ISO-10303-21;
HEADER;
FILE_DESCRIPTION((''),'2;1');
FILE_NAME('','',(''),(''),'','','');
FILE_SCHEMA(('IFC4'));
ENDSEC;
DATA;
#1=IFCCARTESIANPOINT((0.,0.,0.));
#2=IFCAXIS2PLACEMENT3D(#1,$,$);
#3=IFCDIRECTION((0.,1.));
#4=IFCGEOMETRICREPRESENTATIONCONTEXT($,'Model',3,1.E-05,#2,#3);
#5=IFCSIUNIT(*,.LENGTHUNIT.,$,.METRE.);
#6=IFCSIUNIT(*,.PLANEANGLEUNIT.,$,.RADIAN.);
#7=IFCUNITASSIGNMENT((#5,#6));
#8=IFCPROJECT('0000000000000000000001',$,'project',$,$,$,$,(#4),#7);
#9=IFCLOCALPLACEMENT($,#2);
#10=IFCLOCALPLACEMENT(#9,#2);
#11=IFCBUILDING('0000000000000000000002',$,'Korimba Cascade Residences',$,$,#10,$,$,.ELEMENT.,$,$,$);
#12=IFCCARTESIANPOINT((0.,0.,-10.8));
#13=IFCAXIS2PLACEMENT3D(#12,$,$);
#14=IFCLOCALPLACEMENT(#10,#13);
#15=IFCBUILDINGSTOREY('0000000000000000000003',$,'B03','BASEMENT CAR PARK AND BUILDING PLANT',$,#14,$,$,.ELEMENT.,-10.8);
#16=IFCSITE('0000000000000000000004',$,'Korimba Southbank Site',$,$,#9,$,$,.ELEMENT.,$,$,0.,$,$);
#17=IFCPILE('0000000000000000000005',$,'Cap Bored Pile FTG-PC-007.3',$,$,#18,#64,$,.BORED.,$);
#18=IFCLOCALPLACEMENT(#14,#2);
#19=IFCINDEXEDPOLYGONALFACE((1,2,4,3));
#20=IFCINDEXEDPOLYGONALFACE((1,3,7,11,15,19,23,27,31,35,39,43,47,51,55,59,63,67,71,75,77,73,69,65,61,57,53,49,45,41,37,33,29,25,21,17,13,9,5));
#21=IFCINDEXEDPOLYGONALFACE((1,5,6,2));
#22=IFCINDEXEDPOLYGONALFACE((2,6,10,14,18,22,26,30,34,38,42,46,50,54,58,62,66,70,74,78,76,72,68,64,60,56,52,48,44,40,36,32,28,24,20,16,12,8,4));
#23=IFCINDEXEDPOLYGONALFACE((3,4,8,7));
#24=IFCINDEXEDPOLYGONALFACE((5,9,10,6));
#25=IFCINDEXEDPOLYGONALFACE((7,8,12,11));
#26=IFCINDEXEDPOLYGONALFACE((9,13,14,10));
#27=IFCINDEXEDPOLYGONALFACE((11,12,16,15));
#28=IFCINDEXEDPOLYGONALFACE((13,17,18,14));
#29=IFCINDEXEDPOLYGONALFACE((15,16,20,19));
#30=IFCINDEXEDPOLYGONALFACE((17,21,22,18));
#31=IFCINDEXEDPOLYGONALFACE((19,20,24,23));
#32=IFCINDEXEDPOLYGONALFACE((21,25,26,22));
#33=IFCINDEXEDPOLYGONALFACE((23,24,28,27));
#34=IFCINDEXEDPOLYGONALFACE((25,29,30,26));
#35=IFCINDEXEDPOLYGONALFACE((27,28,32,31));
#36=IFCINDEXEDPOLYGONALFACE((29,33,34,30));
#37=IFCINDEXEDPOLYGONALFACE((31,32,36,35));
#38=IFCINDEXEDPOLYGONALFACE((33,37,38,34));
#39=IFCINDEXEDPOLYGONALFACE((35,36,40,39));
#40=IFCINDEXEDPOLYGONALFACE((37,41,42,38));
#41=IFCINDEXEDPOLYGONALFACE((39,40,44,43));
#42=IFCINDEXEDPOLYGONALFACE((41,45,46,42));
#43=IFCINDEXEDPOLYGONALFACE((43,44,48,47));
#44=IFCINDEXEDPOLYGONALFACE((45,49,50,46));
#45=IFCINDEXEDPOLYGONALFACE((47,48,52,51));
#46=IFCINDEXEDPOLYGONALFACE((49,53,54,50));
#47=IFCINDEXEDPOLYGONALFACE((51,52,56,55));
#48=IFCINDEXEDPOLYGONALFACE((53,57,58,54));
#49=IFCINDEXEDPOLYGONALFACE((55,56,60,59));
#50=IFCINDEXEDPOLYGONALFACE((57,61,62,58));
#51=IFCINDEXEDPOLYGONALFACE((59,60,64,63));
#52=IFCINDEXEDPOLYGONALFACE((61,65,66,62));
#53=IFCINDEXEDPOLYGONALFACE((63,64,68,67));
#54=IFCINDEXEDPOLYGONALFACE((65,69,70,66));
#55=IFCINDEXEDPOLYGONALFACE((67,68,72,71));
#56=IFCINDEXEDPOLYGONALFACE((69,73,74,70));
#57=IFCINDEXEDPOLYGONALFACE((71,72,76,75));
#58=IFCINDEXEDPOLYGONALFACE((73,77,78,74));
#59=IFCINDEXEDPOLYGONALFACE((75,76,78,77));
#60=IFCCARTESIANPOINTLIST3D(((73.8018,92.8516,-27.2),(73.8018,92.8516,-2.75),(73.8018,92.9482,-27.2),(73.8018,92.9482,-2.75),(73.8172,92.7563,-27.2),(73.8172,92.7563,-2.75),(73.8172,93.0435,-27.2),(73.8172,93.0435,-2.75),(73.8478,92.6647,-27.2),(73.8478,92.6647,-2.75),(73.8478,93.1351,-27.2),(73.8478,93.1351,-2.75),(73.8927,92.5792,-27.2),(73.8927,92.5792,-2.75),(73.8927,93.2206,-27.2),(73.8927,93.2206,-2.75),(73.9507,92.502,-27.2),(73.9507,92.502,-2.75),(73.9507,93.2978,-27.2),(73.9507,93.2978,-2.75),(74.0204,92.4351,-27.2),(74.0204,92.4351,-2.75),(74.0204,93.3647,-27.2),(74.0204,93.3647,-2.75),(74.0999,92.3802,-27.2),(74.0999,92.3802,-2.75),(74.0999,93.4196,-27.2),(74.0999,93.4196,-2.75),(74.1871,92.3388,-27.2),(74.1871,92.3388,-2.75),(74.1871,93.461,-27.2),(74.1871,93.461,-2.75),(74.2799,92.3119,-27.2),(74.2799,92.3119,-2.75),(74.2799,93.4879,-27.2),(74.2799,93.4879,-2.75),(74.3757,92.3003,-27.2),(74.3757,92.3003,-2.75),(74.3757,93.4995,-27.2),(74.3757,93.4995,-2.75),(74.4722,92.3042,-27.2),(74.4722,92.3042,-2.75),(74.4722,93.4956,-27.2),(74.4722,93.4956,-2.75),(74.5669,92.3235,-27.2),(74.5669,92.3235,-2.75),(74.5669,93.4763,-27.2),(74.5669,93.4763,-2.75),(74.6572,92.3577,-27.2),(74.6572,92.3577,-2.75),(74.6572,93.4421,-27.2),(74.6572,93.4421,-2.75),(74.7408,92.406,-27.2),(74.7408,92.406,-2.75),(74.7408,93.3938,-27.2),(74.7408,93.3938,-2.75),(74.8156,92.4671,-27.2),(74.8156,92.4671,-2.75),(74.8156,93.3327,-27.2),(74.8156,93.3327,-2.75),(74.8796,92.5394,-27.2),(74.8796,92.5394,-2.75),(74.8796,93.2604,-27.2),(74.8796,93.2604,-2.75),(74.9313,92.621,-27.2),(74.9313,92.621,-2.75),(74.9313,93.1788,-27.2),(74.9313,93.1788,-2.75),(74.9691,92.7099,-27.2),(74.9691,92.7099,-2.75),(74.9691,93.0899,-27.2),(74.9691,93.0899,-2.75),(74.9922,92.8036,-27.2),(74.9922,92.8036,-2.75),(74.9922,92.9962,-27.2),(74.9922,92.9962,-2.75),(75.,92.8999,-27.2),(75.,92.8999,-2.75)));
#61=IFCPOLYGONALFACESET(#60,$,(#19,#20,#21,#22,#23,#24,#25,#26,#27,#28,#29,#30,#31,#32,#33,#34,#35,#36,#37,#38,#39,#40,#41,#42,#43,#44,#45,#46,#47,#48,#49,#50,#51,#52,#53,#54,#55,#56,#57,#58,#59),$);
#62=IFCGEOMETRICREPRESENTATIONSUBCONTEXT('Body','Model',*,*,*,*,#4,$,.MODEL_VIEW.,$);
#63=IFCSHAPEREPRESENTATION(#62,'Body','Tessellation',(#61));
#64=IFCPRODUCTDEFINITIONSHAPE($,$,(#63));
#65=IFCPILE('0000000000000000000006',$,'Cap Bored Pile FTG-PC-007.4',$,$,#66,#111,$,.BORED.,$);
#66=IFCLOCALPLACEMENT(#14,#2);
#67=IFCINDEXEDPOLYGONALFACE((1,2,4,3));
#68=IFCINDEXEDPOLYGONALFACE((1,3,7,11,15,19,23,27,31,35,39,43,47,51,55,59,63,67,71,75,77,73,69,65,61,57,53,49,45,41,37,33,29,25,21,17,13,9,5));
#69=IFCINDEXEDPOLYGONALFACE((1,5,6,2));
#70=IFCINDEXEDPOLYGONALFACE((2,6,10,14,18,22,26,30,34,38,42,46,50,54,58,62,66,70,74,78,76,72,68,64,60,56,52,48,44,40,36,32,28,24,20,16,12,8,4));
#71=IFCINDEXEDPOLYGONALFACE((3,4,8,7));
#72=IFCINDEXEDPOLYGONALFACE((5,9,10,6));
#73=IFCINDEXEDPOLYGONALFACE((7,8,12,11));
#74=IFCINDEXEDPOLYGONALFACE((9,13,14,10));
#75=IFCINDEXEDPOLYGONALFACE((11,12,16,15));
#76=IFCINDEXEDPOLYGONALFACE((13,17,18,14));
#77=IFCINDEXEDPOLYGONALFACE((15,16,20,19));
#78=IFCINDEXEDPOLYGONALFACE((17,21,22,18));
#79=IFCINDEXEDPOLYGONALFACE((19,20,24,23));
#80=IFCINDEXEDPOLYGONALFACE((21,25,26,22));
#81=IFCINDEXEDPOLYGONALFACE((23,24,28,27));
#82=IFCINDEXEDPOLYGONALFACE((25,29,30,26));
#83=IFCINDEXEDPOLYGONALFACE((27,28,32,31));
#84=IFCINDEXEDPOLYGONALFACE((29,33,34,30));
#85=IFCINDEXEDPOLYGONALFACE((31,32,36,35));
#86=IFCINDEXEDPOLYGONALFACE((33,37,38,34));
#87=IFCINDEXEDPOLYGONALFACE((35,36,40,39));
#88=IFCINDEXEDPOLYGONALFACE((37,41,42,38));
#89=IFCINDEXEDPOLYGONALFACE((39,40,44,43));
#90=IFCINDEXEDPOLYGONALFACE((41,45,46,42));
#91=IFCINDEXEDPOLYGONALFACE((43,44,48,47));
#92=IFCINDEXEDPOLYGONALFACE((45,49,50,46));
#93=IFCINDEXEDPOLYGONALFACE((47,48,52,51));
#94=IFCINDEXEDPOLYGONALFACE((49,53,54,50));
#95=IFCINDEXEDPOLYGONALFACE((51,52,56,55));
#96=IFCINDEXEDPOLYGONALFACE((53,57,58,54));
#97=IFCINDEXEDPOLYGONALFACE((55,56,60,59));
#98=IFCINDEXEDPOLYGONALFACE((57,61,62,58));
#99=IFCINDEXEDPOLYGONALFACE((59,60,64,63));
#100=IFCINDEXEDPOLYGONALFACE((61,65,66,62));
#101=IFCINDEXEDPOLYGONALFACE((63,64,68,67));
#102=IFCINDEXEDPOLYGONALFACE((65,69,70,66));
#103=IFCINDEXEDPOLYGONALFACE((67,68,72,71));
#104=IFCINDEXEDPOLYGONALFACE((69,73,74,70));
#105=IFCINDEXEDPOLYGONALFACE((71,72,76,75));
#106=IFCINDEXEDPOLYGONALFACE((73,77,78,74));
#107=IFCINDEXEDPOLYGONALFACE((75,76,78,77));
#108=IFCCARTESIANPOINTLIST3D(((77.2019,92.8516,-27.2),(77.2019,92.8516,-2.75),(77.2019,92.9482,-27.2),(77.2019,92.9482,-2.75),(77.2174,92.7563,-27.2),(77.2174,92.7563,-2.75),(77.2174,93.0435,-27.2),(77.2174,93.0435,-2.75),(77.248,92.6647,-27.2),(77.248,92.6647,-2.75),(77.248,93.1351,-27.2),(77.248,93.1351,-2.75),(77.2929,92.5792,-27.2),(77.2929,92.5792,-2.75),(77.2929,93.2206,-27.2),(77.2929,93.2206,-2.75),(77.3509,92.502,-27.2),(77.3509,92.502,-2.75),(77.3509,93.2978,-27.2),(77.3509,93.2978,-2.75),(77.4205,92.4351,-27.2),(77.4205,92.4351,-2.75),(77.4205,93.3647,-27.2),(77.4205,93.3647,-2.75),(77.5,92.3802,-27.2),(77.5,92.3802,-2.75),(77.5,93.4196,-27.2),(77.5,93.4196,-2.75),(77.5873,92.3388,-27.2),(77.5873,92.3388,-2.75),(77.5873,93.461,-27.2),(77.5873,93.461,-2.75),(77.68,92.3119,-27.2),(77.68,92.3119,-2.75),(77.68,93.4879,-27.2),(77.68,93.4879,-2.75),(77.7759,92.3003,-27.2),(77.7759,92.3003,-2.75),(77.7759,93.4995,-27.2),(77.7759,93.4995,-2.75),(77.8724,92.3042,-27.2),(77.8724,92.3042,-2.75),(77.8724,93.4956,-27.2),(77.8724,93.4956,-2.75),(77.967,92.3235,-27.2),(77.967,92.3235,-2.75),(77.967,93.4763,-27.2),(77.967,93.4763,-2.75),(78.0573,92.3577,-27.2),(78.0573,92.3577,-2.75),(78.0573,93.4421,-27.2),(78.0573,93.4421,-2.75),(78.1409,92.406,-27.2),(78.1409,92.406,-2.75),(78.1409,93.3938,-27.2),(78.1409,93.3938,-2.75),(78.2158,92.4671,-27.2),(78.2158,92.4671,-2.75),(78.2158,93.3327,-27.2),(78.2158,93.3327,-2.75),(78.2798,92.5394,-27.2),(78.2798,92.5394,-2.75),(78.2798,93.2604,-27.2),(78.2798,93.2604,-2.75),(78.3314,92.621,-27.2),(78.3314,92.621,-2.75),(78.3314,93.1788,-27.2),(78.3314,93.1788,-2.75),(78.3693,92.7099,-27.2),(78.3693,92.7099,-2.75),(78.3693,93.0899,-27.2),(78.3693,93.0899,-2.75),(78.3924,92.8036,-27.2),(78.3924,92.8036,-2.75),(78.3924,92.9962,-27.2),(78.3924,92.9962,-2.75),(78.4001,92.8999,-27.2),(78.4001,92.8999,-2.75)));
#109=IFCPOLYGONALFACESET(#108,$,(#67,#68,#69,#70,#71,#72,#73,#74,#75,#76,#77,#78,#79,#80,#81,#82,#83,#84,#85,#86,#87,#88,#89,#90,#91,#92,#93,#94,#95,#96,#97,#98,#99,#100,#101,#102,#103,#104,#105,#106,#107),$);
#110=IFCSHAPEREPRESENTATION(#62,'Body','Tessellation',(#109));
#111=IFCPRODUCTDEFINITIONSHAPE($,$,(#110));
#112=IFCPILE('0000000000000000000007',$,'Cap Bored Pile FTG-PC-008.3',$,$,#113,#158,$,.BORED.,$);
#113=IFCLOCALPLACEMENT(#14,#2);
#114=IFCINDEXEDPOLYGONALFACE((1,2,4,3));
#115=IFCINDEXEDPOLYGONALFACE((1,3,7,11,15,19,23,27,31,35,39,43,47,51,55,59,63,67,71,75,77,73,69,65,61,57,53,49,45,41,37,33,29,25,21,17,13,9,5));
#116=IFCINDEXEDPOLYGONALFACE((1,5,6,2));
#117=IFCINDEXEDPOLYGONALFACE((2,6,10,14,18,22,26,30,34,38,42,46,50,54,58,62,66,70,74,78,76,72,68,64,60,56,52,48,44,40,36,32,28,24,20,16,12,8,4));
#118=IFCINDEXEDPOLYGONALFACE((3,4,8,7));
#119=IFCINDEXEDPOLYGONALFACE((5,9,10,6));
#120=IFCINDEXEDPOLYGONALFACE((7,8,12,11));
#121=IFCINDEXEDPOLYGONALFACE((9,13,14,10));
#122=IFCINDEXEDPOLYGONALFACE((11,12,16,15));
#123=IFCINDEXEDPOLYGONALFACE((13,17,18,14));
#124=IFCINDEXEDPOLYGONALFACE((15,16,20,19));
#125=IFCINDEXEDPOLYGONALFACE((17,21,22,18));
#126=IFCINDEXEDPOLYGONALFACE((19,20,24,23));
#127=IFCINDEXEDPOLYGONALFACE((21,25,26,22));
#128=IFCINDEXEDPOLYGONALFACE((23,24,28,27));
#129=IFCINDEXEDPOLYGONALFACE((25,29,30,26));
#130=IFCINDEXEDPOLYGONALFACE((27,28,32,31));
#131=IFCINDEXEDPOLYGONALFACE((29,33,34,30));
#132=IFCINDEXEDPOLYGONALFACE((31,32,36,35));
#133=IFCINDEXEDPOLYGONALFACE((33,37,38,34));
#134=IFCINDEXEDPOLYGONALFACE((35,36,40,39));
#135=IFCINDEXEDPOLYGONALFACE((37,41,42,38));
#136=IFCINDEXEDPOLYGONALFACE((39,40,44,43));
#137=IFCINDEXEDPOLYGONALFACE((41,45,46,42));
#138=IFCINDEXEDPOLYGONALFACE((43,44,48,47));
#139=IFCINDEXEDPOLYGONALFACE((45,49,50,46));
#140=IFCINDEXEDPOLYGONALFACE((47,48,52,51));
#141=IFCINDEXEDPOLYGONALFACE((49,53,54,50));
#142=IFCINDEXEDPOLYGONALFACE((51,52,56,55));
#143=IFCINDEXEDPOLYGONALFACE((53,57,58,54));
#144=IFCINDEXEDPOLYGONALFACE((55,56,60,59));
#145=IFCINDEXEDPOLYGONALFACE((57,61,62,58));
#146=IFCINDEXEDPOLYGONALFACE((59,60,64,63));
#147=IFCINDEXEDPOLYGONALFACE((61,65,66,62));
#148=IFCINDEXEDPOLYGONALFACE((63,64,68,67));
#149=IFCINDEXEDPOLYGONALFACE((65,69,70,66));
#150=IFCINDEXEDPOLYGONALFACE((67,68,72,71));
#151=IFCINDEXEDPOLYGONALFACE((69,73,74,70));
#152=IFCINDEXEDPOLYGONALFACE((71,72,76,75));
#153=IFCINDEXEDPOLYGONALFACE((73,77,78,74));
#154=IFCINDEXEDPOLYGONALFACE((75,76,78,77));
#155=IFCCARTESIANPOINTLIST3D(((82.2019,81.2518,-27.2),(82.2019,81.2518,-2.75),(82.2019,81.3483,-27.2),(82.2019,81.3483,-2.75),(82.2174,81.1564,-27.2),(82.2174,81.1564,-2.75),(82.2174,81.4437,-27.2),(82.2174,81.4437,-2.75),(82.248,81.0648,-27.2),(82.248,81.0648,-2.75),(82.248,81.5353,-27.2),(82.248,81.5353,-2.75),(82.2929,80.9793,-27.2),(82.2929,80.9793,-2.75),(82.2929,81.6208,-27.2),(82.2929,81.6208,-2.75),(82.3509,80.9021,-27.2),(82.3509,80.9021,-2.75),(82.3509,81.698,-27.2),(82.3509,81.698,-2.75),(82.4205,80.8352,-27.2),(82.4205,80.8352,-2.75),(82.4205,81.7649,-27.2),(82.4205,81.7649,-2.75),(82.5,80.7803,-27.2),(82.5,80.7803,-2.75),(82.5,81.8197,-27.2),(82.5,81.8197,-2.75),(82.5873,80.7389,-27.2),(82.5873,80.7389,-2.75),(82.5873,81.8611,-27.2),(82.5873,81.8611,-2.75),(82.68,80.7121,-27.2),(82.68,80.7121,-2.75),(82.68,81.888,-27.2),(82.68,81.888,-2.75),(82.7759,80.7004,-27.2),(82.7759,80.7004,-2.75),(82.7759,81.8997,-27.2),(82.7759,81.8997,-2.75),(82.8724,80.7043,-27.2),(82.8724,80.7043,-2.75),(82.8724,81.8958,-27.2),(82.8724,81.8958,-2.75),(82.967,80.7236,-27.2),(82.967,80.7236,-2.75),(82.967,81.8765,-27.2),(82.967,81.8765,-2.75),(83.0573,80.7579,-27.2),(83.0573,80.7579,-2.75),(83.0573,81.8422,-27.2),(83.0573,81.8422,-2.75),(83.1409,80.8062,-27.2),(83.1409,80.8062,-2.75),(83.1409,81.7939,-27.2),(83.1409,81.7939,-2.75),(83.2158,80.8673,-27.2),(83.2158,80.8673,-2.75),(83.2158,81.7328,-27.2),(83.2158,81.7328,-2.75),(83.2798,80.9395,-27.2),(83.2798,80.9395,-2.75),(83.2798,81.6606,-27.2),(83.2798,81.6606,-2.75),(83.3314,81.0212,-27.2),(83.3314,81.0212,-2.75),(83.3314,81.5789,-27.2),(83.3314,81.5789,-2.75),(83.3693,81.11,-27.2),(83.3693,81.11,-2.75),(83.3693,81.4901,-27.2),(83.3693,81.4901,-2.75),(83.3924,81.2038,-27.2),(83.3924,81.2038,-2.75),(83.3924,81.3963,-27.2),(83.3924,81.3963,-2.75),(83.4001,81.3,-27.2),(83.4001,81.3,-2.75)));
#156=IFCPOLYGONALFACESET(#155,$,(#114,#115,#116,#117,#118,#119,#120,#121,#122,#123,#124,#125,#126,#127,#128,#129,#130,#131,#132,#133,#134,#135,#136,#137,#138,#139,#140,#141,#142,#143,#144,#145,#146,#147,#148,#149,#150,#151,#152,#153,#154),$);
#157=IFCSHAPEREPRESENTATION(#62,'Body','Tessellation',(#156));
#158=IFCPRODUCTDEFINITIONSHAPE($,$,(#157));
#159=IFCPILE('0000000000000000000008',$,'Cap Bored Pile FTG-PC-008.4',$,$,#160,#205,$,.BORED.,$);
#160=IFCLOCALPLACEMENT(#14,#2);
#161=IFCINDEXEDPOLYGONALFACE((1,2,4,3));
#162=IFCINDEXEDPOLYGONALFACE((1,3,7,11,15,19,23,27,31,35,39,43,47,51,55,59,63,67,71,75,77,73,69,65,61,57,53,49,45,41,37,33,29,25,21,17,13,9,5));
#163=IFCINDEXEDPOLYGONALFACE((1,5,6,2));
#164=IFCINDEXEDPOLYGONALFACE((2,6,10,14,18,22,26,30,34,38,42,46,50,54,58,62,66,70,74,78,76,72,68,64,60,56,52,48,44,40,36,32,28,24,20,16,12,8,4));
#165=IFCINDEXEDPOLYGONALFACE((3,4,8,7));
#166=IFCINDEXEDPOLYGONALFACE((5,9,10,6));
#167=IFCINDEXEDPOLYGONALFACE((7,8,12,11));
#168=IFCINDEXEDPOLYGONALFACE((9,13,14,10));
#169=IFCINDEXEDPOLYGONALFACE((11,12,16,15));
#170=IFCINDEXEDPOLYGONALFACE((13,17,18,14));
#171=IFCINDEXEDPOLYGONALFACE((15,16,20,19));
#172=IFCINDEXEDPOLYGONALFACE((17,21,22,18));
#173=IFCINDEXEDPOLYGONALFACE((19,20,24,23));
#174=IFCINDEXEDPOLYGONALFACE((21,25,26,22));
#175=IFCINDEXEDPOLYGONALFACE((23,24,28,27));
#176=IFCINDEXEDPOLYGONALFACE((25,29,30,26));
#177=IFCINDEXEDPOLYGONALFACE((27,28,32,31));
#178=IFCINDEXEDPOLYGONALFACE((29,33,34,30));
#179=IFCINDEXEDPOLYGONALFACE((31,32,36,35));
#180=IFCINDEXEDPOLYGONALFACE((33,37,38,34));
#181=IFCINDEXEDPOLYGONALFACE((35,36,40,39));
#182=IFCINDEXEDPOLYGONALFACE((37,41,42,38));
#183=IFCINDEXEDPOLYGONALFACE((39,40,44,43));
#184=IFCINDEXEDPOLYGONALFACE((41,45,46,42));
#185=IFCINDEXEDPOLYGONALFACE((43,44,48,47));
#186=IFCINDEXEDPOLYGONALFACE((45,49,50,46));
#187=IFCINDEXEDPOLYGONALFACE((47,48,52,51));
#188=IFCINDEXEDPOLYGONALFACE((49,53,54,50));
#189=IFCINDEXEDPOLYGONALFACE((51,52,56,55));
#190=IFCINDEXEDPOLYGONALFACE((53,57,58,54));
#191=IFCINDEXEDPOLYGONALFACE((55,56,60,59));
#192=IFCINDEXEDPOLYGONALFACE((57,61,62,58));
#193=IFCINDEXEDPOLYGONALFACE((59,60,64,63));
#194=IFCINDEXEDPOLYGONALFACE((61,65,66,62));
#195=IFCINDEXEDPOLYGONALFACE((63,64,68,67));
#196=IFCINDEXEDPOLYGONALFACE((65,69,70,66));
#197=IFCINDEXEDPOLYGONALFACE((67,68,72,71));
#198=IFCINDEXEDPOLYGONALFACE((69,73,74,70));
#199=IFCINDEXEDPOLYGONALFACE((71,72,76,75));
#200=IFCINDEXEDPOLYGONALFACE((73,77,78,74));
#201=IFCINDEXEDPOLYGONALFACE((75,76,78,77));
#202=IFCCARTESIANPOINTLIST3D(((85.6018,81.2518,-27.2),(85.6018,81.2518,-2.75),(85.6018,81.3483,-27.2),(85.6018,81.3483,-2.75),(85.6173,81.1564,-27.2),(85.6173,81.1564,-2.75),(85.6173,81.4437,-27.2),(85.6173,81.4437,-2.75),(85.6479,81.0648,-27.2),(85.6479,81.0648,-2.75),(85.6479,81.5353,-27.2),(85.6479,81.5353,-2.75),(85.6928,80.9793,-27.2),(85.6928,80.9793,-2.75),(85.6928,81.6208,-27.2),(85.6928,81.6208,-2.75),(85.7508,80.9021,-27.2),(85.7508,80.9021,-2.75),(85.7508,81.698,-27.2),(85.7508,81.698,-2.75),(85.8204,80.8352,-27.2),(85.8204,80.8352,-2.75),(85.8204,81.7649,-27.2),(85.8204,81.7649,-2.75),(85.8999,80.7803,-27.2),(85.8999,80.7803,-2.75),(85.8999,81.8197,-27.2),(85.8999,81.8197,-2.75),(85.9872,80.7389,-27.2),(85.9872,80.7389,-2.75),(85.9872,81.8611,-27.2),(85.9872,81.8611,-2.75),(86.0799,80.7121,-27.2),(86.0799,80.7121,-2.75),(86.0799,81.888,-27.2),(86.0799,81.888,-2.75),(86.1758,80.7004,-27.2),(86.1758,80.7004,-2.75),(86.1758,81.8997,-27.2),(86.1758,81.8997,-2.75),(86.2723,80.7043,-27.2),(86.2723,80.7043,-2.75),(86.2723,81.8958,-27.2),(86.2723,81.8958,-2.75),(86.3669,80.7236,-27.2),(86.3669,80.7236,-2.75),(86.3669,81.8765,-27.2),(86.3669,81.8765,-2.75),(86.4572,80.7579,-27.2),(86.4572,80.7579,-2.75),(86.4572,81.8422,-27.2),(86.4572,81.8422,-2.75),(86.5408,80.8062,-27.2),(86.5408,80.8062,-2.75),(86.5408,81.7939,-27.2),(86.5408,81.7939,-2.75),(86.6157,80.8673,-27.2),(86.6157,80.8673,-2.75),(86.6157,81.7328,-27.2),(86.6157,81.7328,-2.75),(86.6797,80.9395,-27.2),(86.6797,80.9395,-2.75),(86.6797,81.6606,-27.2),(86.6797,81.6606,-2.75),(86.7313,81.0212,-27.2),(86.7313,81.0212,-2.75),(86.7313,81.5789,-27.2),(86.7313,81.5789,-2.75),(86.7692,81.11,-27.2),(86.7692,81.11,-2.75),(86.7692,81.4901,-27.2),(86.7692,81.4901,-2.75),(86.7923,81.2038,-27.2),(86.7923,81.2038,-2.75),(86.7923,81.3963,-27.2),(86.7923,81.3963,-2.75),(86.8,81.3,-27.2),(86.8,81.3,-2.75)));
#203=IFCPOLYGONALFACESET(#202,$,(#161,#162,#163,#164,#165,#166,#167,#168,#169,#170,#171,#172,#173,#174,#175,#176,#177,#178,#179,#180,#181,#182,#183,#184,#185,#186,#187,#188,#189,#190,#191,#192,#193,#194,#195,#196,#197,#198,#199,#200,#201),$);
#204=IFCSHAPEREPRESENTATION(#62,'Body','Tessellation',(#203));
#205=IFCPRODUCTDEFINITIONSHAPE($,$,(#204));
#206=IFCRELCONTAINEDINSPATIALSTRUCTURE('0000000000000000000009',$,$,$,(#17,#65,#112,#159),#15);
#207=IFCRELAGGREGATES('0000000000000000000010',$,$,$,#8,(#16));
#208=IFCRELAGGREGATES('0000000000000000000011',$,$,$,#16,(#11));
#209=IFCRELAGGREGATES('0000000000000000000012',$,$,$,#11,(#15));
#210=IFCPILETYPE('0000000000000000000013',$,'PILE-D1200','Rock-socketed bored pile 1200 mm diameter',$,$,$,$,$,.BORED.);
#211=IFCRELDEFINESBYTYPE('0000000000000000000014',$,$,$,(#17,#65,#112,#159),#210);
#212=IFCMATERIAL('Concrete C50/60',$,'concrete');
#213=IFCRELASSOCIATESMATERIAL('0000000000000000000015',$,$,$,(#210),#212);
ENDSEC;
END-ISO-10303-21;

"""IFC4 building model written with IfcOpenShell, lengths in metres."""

from ifc_helpers import new_model, si_unit, direction, frame, origin, origin_2d, place, context, subcontext, project, spatial, circle, extrude, material, material_profile, profile_set, type_object, element, save


model = new_model("IFC4")

# Units and contexts
model_context = context("Model", 3, precision=1e-05, world=origin(), true_north=direction((0.0, 1.0)))
body_context = subcontext(model_context, "Body", "Model", "MODEL_VIEW")
ifc_project = project(units=[si_unit("LENGTHUNIT", "METRE"), si_unit("PLANEANGLEUNIT", "RADIAN")], contexts=[model_context])

# Site, building, storey
site_placement = place(None, origin())
site = spatial("IfcSite", under=ifc_project, at=site_placement, Name="Korimba Southbank Site", CompositionType="ELEMENT", RefElevation=0.0)
building_placement = place(site_placement, origin())
building = spatial("IfcBuilding", under=site, at=building_placement, Name="Korimba Cascade Residences", CompositionType="ELEMENT")
storey_placement = place(building_placement, frame((0.0, 0.0, -10.8)))
storey = spatial("IfcBuildingStorey", under=building, at=storey_placement, Name="B03", Description="BASEMENT CAR PARK AND BUILDING PLANT", CompositionType="ELEMENT", Elevation=-10.8)

# Piles
ifc_material_1 = material(Name="Concrete C50/60", Category="concrete")
ifc_material_profile_1 = material_profile(ifc_material_1, circle(Radius=0.6001, at=origin_2d()), Name="Concrete C50/60")
ifc_profile_set_1 = profile_set([ifc_material_profile_1], Name="Concrete C50/60")
pile_type = type_object("IfcPileType", Name="PILE-D1200", Description="Rock-socketed bored pile 1200 mm diameter", PredefinedType="BORED", material=ifc_profile_set_1)
for number, where, z_axis, x_axis, name in (
    (1, (74.3999, 92.8999, -2.75), (0.0, 0.0, -1.0), (1.0, 0.0, 0.0), "Cap Bored Pile FTG-PC-007.3"),
    (2, (77.8, 92.8999, -2.75), (0.0, 0.0, -1.0), (1.0, 0.0, 0.0), "Cap Bored Pile FTG-PC-007.4"),
    (3, (82.8, 81.3, -2.75), (0.0, 0.0, -1.0), (1.0, 0.0, 0.0), "Cap Bored Pile FTG-PC-008.3"),
    (4, (86.2, 81.3, -2.75), (0.0, 0.0, -1.0), (1.0, 0.0, 0.0), "Cap Bored Pile FTG-PC-008.4"),
):
    element("IfcPile", number, at=place(storey_placement, frame(where, z_axis=z_axis, x_axis=x_axis)), inside=storey, type_object=pile_type, Name=name, PredefinedType="BORED", context=body_context, shape_type="SweptSolid", body=[
        extrude(circle(Radius=0.6001, at=origin_2d()), origin(), (0.0, 0.0, 1.0), 24.45),
    ])

save(model, "model.ifc")
